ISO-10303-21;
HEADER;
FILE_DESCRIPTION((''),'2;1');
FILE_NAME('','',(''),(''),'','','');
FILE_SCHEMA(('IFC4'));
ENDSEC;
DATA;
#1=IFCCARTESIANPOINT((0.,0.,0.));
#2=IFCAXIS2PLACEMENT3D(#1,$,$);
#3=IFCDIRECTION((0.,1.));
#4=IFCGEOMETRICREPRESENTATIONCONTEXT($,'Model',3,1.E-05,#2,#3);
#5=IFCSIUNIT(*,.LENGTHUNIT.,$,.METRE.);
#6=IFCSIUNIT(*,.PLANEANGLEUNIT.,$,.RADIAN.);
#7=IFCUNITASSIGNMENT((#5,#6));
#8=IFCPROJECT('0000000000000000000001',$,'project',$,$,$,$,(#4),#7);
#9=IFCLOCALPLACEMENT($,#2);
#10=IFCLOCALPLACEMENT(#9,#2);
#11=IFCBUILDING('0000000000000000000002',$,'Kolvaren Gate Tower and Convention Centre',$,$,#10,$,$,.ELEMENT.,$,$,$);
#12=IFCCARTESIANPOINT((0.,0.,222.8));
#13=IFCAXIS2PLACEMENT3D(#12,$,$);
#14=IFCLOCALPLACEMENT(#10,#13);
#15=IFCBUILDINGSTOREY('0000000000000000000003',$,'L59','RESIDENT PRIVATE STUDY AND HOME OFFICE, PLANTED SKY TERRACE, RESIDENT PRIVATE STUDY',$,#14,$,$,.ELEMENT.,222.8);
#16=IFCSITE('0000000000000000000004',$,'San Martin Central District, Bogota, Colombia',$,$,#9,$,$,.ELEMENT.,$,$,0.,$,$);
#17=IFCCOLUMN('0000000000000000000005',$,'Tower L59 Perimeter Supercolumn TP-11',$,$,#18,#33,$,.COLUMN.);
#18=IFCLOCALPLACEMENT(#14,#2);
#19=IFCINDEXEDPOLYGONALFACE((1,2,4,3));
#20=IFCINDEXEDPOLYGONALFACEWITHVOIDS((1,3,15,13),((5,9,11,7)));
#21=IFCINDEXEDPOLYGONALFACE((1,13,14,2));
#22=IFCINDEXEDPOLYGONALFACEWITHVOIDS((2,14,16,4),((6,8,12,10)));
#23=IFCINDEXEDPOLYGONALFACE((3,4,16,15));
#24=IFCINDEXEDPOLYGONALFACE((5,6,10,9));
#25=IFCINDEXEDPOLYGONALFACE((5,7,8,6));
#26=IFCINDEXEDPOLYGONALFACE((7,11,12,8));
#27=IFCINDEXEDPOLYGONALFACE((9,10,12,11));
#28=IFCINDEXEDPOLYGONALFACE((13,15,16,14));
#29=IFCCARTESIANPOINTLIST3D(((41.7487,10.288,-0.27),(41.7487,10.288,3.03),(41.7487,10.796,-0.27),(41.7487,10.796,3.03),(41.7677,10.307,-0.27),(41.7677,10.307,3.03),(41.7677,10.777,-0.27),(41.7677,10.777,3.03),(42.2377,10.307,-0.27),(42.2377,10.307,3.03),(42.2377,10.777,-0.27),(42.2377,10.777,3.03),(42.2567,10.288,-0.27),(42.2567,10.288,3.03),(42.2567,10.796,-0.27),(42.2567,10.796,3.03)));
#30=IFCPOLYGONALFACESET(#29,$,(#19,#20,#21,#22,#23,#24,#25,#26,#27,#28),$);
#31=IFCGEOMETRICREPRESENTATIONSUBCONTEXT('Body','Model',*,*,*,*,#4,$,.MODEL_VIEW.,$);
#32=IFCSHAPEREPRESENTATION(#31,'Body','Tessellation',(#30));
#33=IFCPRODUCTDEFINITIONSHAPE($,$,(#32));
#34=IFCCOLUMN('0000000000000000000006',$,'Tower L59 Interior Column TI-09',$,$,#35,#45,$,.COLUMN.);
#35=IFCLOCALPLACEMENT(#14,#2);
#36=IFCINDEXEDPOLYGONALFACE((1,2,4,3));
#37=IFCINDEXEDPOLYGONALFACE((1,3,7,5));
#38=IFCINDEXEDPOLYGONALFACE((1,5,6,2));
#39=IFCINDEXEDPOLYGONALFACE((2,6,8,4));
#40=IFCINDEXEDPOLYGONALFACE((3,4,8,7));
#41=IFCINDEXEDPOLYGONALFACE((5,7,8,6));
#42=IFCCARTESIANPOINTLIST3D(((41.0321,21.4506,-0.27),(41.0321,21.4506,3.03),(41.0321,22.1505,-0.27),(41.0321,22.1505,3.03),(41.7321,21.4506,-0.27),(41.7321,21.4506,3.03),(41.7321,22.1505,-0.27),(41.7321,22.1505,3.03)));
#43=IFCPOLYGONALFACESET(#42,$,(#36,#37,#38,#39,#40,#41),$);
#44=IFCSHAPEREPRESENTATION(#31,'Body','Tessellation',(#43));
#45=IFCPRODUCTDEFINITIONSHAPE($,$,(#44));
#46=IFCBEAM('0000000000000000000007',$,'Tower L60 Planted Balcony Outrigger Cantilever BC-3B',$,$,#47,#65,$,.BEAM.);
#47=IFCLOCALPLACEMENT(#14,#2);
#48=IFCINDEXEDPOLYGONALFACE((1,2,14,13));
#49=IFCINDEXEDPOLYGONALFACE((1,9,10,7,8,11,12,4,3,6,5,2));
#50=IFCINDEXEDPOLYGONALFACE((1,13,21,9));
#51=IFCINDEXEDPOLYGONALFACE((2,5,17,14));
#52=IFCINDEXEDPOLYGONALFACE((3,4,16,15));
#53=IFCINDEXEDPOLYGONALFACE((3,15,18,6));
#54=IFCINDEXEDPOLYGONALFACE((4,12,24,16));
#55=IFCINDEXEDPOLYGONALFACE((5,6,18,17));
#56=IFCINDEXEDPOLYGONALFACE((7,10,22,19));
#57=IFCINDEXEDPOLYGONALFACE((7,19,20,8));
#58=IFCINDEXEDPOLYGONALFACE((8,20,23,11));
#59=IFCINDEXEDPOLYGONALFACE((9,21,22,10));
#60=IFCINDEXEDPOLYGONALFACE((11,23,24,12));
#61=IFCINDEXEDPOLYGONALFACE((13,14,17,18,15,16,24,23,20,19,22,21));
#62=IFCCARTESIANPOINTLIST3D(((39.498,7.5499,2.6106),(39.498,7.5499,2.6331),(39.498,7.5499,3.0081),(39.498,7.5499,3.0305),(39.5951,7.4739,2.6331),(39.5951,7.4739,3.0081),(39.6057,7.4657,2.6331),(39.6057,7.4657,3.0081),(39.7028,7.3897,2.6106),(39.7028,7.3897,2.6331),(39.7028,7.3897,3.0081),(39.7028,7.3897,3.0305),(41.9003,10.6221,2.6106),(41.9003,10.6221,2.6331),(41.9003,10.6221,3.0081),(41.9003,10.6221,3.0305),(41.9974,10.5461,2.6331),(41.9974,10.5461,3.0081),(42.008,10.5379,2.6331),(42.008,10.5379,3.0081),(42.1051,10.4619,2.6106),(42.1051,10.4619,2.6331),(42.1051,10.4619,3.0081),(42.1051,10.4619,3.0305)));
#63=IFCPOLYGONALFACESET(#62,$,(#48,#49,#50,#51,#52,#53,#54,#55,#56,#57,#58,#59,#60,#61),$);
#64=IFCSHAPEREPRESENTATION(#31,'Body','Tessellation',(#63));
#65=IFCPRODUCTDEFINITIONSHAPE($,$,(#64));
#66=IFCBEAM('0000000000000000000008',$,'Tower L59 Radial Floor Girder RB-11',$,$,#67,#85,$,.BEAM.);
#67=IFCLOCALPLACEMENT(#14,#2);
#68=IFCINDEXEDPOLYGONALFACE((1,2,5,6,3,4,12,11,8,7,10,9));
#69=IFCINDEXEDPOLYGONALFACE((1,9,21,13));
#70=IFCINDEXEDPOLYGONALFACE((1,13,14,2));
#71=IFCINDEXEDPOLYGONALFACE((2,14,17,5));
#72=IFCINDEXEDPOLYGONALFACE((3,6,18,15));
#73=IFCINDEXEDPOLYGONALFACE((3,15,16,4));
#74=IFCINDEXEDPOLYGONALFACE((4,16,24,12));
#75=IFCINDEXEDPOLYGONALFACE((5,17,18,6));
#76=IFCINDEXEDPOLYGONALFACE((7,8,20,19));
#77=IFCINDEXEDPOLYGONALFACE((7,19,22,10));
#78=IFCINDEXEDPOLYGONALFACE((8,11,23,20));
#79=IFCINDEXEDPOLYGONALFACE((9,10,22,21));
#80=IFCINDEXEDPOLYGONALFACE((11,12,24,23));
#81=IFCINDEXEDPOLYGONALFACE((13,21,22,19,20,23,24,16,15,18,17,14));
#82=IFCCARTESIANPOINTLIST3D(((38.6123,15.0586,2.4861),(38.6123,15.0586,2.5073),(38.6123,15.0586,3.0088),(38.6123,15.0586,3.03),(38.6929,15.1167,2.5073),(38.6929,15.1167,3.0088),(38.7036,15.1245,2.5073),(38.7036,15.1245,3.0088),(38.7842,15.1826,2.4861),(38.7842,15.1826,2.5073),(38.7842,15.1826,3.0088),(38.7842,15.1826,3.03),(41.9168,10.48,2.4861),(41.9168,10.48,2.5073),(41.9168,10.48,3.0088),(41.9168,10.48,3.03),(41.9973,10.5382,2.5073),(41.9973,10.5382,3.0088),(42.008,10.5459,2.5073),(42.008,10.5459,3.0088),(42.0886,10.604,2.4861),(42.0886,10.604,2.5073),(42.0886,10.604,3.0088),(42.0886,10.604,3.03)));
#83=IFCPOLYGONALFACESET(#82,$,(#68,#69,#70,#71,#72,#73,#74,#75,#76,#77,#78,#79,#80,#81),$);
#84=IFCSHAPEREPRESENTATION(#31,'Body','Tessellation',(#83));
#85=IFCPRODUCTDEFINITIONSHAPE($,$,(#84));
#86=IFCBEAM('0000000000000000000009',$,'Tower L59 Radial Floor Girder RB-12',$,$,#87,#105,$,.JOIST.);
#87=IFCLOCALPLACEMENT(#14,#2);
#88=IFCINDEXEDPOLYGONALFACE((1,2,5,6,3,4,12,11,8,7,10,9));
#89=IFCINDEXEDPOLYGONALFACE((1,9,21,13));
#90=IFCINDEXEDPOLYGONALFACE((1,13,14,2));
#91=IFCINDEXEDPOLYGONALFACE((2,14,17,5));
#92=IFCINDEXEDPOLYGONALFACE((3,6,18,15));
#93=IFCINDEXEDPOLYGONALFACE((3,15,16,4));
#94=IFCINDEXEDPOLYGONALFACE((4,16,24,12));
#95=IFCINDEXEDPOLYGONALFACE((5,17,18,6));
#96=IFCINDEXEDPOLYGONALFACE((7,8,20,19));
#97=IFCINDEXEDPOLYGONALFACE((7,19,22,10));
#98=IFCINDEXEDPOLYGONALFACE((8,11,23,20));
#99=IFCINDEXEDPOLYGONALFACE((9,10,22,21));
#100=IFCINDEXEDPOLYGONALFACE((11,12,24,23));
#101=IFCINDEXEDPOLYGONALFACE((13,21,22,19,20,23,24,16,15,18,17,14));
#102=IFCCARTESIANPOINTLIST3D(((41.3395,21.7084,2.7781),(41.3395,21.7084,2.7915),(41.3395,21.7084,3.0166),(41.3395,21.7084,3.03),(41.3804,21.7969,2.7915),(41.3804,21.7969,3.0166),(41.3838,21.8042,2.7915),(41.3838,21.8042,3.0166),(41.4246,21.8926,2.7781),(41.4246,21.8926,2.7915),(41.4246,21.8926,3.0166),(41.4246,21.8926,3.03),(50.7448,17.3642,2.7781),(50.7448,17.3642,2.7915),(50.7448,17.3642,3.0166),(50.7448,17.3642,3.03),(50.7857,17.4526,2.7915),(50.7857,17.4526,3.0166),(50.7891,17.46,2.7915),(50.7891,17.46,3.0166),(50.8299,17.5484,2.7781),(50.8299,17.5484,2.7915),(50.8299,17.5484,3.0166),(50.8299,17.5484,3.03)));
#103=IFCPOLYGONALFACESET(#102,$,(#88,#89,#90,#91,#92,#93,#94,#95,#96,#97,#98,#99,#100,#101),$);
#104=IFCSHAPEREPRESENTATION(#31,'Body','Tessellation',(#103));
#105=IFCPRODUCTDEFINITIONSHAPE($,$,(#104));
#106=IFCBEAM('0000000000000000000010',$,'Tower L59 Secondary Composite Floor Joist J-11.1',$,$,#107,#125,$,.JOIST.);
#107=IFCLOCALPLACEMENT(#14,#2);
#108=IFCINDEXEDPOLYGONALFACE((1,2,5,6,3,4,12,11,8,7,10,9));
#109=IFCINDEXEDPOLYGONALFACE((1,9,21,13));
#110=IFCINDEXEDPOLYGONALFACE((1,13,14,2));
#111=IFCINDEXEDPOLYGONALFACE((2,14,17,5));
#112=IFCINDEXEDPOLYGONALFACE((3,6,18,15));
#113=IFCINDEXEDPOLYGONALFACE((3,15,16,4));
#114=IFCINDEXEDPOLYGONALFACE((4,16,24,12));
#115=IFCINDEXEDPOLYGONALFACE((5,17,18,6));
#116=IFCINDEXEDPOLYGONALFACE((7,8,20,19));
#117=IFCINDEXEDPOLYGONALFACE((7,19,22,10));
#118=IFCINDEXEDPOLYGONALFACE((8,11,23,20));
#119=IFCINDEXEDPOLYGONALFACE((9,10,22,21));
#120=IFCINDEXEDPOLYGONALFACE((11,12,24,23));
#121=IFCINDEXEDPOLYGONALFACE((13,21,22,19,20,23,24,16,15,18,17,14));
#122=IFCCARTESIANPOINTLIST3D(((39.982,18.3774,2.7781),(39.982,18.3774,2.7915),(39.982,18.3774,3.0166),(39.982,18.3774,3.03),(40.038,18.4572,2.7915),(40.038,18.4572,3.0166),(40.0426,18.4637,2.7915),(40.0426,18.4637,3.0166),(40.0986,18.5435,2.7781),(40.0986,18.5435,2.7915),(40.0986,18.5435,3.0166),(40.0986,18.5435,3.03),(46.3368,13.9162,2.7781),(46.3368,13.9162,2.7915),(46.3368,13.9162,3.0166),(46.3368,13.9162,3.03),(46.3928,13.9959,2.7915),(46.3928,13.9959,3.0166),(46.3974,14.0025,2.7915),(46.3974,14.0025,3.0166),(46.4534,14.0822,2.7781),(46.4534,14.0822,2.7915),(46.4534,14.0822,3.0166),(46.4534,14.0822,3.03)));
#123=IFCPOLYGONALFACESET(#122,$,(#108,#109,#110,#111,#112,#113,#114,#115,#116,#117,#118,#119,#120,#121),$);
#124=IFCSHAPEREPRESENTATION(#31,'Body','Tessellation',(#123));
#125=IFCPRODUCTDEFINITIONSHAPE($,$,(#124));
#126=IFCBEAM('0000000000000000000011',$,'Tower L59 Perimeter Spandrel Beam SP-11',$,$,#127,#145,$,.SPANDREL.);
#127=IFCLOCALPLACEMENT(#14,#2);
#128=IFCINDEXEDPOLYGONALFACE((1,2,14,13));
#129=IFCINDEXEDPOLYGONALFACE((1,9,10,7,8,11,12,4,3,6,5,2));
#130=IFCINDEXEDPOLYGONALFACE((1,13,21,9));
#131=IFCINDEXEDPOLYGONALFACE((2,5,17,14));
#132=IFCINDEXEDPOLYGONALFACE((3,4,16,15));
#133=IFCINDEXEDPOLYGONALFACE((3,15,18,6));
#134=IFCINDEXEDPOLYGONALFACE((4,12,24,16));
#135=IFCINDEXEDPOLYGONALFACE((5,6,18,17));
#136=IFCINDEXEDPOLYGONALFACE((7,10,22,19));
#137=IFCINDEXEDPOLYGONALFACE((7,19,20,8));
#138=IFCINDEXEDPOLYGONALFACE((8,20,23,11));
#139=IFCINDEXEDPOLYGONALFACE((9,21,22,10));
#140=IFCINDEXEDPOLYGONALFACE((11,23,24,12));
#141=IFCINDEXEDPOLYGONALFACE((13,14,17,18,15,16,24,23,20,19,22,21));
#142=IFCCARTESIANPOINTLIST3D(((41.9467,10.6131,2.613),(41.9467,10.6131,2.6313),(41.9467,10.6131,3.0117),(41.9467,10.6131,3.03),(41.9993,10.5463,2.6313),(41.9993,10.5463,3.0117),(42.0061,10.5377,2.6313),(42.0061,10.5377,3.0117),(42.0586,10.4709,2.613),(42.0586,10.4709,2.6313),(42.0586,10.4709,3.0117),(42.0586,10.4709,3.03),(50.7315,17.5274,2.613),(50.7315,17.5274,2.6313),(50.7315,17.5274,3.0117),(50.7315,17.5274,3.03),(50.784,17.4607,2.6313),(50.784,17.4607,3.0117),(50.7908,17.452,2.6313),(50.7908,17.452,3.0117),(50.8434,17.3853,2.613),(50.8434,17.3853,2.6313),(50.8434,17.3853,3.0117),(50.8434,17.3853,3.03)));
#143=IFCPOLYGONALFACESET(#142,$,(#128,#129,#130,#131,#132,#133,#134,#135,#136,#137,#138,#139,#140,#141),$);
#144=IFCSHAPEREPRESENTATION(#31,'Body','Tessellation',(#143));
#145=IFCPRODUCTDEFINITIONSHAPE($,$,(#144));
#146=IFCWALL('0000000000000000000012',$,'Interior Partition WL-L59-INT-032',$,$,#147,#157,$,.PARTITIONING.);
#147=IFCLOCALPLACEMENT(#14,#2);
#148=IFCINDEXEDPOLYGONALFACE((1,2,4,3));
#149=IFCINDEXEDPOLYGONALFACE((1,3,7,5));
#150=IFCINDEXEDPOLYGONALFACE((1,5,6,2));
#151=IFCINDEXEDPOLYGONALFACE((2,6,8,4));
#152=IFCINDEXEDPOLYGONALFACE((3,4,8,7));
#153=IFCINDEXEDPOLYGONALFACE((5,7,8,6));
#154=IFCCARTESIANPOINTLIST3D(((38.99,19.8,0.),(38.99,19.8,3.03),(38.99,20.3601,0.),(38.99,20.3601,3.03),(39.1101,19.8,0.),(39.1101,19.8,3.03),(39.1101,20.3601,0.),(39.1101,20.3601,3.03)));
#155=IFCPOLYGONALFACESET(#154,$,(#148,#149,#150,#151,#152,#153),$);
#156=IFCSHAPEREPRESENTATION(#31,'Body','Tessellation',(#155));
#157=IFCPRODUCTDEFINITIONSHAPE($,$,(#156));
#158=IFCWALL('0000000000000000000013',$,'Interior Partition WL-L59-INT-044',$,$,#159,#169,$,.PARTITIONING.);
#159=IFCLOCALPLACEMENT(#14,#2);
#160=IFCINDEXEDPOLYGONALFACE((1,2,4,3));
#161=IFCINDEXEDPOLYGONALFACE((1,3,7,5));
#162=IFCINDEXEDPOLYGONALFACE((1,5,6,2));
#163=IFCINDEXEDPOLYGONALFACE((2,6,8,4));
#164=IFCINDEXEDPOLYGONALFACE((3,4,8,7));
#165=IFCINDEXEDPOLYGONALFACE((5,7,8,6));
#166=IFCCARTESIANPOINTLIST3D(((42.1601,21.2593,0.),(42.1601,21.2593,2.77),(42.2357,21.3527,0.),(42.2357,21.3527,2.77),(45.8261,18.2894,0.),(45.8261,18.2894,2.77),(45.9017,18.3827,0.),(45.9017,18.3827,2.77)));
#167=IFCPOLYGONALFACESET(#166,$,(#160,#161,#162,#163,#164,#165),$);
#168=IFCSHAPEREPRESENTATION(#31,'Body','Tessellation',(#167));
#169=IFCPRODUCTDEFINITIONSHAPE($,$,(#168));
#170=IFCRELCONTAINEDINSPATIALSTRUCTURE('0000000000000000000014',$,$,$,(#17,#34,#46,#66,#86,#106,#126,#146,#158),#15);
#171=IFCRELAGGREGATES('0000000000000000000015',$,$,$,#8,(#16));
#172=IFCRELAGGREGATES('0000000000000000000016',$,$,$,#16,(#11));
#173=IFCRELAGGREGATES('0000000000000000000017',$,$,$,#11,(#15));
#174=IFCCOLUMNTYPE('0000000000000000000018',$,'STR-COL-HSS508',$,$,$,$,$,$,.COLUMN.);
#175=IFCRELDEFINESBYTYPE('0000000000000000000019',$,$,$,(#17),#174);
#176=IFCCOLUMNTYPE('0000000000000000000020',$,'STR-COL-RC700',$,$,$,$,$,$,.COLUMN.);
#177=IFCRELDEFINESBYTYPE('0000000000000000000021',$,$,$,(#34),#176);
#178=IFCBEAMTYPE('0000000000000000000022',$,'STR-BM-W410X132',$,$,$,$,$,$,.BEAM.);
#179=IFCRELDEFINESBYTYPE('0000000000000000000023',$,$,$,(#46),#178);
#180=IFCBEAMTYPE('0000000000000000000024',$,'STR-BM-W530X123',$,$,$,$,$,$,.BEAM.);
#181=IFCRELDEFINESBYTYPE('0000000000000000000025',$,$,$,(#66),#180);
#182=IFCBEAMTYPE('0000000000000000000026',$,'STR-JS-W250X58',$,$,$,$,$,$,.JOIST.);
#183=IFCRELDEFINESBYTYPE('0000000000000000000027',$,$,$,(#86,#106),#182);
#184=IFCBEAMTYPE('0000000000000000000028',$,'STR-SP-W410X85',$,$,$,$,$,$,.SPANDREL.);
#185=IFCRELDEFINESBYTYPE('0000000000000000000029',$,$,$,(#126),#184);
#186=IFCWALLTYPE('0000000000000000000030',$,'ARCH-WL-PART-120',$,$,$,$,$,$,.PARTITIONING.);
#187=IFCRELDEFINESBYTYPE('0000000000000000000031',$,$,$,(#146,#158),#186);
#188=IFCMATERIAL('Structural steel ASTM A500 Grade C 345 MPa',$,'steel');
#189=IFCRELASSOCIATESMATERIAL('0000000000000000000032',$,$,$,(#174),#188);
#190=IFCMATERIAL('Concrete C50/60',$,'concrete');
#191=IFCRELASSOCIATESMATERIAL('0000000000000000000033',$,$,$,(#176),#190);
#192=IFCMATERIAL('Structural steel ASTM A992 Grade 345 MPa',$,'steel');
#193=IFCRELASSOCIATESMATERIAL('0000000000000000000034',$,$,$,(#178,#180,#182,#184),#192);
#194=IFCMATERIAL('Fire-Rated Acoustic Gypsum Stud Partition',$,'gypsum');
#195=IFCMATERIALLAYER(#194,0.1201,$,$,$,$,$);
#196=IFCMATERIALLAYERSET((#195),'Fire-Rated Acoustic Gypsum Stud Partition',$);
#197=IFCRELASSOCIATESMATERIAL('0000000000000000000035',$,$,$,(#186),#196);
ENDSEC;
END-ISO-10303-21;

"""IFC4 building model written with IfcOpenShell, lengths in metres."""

from ifc_helpers import new_model, si_unit, direction, frame, frame_2d, origin, origin_2d, place, context, subcontext, project, spatial, rectangle, hollow_rectangle, i_section, extrude, material, layer, layer_set, material_profile, profile_set, type_object, element, save


model = new_model("IFC4")

# Units and contexts
model_context = context("Model", 3, precision=1e-05, world=origin(), true_north=direction((0.0, 1.0)))
body_context = subcontext(model_context, "Body", "Model", "MODEL_VIEW")
ifc_project = project(units=[si_unit("LENGTHUNIT", "METRE"), si_unit("PLANEANGLEUNIT", "RADIAN")], contexts=[model_context])

# Site, building, storey
site_placement = place(None, origin())
site = spatial("IfcSite", under=ifc_project, at=site_placement, Name="San Martin Central District, Bogota, Colombia", CompositionType="ELEMENT", RefElevation=0.0)
building_placement = place(site_placement, origin())
building = spatial("IfcBuilding", under=site, at=building_placement, Name="Kolvaren Gate Tower and Convention Centre", CompositionType="ELEMENT")
storey_placement = place(building_placement, frame((0.0, 0.0, 222.8)))
storey = spatial("IfcBuildingStorey", under=building, at=storey_placement, Name="L59", Description="RESIDENT PRIVATE STUDY AND HOME OFFICE, PLANTED SKY TERRACE, RESIDENT PRIVATE STUDY", CompositionType="ELEMENT", Elevation=222.8)

# Columns
ifc_material_1 = material(Name="Structural steel ASTM A500 Grade C 345 MPa", Category="steel")
ifc_material_profile_1 = material_profile(ifc_material_1, hollow_rectangle(XDim=0.5081, YDim=0.5081, WallThickness=0.019, at=origin_2d()), Name="HSS508X508X19.1")
ifc_profile_set_1 = profile_set([ifc_material_profile_1], Name="Structural steel ASTM A500 Grade C 345 MPa")
column_type_1 = type_object("IfcColumnType", Name="STR-COL-HSS508", PredefinedType="COLUMN", material=ifc_profile_set_1)
column_1_placement = place(storey_placement, frame((42.0027, 10.542, -0.27), z_axis=(0.0, 0.0, 1.0), x_axis=(1.0, 0.0, 0.0)))
element("IfcColumn", 1, at=column_1_placement, inside=storey, type_object=column_type_1, Name="Tower L59 Perimeter Supercolumn TP-11", PredefinedType="COLUMN", context=body_context, shape_type="SweptSolid", body=[
    extrude(hollow_rectangle(XDim=0.5081, YDim=0.5081, WallThickness=0.019, at=origin_2d()), origin(), (0.0, 0.0, 1.0), 3.3),
])
ifc_material_2 = material(Name="Concrete C50/60", Category="concrete")
ifc_material_profile_2 = material_profile(ifc_material_2, rectangle(XDim=0.7, YDim=0.7, at=origin_2d()), Name="RC-COL-700X700")
ifc_profile_set_2 = profile_set([ifc_material_profile_2], Name="Concrete C50/60")
column_type_2 = type_object("IfcColumnType", Name="STR-COL-RC700", PredefinedType="COLUMN", material=ifc_profile_set_2)
column_2_placement = place(storey_placement, frame((41.3821, 21.8005, -0.27), z_axis=(0.0, 0.0, 1.0), x_axis=(1.0, 0.0, 0.0)))
element("IfcColumn", 2, at=column_2_placement, inside=storey, type_object=column_type_2, Name="Tower L59 Interior Column TI-09", PredefinedType="COLUMN", context=body_context, shape_type="SweptSolid", body=[
    extrude(rectangle(XDim=0.7, YDim=0.7, at=origin_2d()), origin(), (0.0, 0.0, 1.0), 3.3),
])

# Beams
ifc_material_3 = material(Name="Structural steel ASTM A992 Grade 345 MPa", Category="steel")
ifc_material_profile_3 = material_profile(ifc_material_3, i_section(OverallWidth=0.26, OverallDepth=0.4199, WebThickness=0.0134, FlangeThickness=0.0225, at=origin_2d()), Name="W410X132")
ifc_profile_set_3 = profile_set([ifc_material_profile_3], Name="Structural steel ASTM A992 Grade 345 MPa")
beam_type_1 = type_object("IfcBeamType", Name="STR-BM-W410X132", PredefinedType="BEAM", material=ifc_profile_set_3)
beam_1_placement = place(storey_placement, frame((42.0027, 10.542, 2.8206), z_axis=(-0.615984, -0.787759, 0.0), x_axis=(0.787759, -0.615984, 0.0)))
element("IfcBeam", 3, at=beam_1_placement, inside=storey, type_object=beam_type_1, Name="Tower L60 Planted Balcony Outrigger Cantilever BC-3B", PredefinedType="BEAM", context=body_context, shape_type="SweptSolid", body=[
    extrude(i_section(OverallWidth=0.26, OverallDepth=0.4199, WebThickness=0.0134, FlangeThickness=0.0225, at=origin_2d()), origin(), (0.0, 0.0, 1.0), 3.8999),
])
ifc_material_profile_4 = material_profile(ifc_material_3, i_section(OverallWidth=0.2119, OverallDepth=0.5439, WebThickness=0.0132, FlangeThickness=0.0212, at=origin_2d()), Name="W530X123")
ifc_profile_set_4 = profile_set([ifc_material_profile_4], Name="Structural steel ASTM A992 Grade 345 MPa")
beam_type_2 = type_object("IfcBeamType", Name="STR-BM-W530X123", PredefinedType="BEAM", material=ifc_profile_set_4)
beam_2_placement = place(storey_placement, frame((38.6982, 15.1206, 2.7581), z_axis=(0.585219, -0.810875, 0.0), x_axis=(0.810875, 0.585219, 0.0)))
element("IfcBeam", 4, at=beam_2_placement, inside=storey, type_object=beam_type_2, Name="Tower L59 Radial Floor Girder RB-11", PredefinedType="BEAM", context=body_context, shape_type="SweptSolid", body=[
    extrude(i_section(OverallWidth=0.2119, OverallDepth=0.5439, WebThickness=0.0132, FlangeThickness=0.0212, at=origin_2d()), origin(), (0.0, 0.0, 1.0), 5.6465),
])
ifc_material_profile_5 = material_profile(ifc_material_3, i_section(OverallWidth=0.2029, OverallDepth=0.252, WebThickness=0.0081, FlangeThickness=0.0134, at=origin_2d()), Name="W250X58")
ifc_profile_set_5 = profile_set([ifc_material_profile_5], Name="Structural steel ASTM A992 Grade 345 MPa")
beam_type_3 = type_object("IfcBeamType", Name="STR-JS-W250X58", PredefinedType="JOIST", material=ifc_profile_set_5)
beam_3_placement = place(storey_placement, frame((41.3821, 21.8005, 2.9041), z_axis=(0.907837, -0.419324, 0.0), x_axis=(0.419324, 0.907837, 0.0)))
element("IfcBeam", 5, at=beam_3_placement, inside=storey, type_object=beam_type_3, Name="Tower L59 Radial Floor Girder RB-12", PredefinedType="JOIST", context=body_context, shape_type="SweptSolid", body=[
    extrude(i_section(OverallWidth=0.2029, OverallDepth=0.252, WebThickness=0.0081, FlangeThickness=0.0134, at=origin_2d()), origin(), (0.0, 0.0, 1.0), 10.3601),
])
beam_4_placement = place(storey_placement, frame((40.0403, 18.4604, 2.9041), z_axis=(0.818453, -0.574574, 0.0), x_axis=(0.574574, 0.818453, 0.0)))
element("IfcBeam", 6, at=beam_4_placement, inside=storey, type_object=beam_type_3, Name="Tower L59 Secondary Composite Floor Joist J-11.1", PredefinedType="JOIST", context=body_context, shape_type="SweptSolid", body=[
    extrude(i_section(OverallWidth=0.2029, OverallDepth=0.252, WebThickness=0.0081, FlangeThickness=0.0134, at=origin_2d()), origin(), (0.0, 0.0, 1.0), 7.7644),
])
ifc_material_profile_6 = material_profile(ifc_material_3, i_section(OverallWidth=0.1809, OverallDepth=0.417, WebThickness=0.011, FlangeThickness=0.0183, at=origin_2d()), Name="W410X85")
ifc_profile_set_6 = profile_set([ifc_material_profile_6], Name="Structural steel ASTM A992 Grade 345 MPa")
beam_type_4 = type_object("IfcBeamType", Name="STR-SP-W410X85", PredefinedType="SPANDREL", material=ifc_profile_set_6)
beam_5_placement = place(storey_placement, frame((42.0027, 10.542, 2.8215), z_axis=(0.785794, 0.618489, 0.0), x_axis=(-0.618489, 0.785794, 0.0)))
element("IfcBeam", 7, at=beam_5_placement, inside=storey, type_object=beam_type_4, Name="Tower L59 Perimeter Spandrel Beam SP-11", PredefinedType="SPANDREL", context=body_context, shape_type="SweptSolid", body=[
    extrude(i_section(OverallWidth=0.1809, OverallDepth=0.417, WebThickness=0.011, FlangeThickness=0.0183, at=origin_2d()), origin(), (0.0, 0.0, 1.0), 11.1794),
])

# Walls
ifc_material_4 = material(Name="Fire-Rated Acoustic Gypsum Stud Partition", Category="gypsum")
ifc_layer_1 = layer(ifc_material_4, 0.1201)
ifc_layer_set_1 = layer_set([ifc_layer_1], Name="Fire-Rated Acoustic Gypsum Stud Partition")
wall_type_1 = type_object("IfcWallType", Name="ARCH-WL-PART-120", PredefinedType="PARTITIONING", material=ifc_layer_set_1)
wall_1_placement = place(storey_placement, frame((39.05, 19.8, 0.0), z_axis=(0.0, 0.0, 1.0), x_axis=(0.0, 1.0, 0.0)))
element("IfcWall", 8, at=wall_1_placement, inside=storey, type_object=wall_type_1, Name="Interior Partition WL-L59-INT-032", PredefinedType="PARTITIONING", context=body_context, shape_type="SweptSolid", body=[
    extrude(rectangle(XDim=0.5601, YDim=0.1201, at=frame_2d((0.28, 0.0))), origin(), (0.0, 0.0, 1.0), 3.03),
])
wall_2_placement = place(storey_placement, frame((42.198, 21.3059, 0.0), z_axis=(0.0, 0.0, 1.0), x_axis=(0.777012, -0.629485, 0.0)))
element("IfcWall", 9, at=wall_2_placement, inside=storey, type_object=wall_type_1, Name="Interior Partition WL-L59-INT-044", PredefinedType="PARTITIONING", context=body_context, shape_type="SweptSolid", body=[
    extrude(rectangle(XDim=4.718, YDim=0.1201, at=frame_2d((2.3589, 0.0))), origin(), (0.0, 0.0, 1.0), 2.77),
])

save(model, "model.ifc")
